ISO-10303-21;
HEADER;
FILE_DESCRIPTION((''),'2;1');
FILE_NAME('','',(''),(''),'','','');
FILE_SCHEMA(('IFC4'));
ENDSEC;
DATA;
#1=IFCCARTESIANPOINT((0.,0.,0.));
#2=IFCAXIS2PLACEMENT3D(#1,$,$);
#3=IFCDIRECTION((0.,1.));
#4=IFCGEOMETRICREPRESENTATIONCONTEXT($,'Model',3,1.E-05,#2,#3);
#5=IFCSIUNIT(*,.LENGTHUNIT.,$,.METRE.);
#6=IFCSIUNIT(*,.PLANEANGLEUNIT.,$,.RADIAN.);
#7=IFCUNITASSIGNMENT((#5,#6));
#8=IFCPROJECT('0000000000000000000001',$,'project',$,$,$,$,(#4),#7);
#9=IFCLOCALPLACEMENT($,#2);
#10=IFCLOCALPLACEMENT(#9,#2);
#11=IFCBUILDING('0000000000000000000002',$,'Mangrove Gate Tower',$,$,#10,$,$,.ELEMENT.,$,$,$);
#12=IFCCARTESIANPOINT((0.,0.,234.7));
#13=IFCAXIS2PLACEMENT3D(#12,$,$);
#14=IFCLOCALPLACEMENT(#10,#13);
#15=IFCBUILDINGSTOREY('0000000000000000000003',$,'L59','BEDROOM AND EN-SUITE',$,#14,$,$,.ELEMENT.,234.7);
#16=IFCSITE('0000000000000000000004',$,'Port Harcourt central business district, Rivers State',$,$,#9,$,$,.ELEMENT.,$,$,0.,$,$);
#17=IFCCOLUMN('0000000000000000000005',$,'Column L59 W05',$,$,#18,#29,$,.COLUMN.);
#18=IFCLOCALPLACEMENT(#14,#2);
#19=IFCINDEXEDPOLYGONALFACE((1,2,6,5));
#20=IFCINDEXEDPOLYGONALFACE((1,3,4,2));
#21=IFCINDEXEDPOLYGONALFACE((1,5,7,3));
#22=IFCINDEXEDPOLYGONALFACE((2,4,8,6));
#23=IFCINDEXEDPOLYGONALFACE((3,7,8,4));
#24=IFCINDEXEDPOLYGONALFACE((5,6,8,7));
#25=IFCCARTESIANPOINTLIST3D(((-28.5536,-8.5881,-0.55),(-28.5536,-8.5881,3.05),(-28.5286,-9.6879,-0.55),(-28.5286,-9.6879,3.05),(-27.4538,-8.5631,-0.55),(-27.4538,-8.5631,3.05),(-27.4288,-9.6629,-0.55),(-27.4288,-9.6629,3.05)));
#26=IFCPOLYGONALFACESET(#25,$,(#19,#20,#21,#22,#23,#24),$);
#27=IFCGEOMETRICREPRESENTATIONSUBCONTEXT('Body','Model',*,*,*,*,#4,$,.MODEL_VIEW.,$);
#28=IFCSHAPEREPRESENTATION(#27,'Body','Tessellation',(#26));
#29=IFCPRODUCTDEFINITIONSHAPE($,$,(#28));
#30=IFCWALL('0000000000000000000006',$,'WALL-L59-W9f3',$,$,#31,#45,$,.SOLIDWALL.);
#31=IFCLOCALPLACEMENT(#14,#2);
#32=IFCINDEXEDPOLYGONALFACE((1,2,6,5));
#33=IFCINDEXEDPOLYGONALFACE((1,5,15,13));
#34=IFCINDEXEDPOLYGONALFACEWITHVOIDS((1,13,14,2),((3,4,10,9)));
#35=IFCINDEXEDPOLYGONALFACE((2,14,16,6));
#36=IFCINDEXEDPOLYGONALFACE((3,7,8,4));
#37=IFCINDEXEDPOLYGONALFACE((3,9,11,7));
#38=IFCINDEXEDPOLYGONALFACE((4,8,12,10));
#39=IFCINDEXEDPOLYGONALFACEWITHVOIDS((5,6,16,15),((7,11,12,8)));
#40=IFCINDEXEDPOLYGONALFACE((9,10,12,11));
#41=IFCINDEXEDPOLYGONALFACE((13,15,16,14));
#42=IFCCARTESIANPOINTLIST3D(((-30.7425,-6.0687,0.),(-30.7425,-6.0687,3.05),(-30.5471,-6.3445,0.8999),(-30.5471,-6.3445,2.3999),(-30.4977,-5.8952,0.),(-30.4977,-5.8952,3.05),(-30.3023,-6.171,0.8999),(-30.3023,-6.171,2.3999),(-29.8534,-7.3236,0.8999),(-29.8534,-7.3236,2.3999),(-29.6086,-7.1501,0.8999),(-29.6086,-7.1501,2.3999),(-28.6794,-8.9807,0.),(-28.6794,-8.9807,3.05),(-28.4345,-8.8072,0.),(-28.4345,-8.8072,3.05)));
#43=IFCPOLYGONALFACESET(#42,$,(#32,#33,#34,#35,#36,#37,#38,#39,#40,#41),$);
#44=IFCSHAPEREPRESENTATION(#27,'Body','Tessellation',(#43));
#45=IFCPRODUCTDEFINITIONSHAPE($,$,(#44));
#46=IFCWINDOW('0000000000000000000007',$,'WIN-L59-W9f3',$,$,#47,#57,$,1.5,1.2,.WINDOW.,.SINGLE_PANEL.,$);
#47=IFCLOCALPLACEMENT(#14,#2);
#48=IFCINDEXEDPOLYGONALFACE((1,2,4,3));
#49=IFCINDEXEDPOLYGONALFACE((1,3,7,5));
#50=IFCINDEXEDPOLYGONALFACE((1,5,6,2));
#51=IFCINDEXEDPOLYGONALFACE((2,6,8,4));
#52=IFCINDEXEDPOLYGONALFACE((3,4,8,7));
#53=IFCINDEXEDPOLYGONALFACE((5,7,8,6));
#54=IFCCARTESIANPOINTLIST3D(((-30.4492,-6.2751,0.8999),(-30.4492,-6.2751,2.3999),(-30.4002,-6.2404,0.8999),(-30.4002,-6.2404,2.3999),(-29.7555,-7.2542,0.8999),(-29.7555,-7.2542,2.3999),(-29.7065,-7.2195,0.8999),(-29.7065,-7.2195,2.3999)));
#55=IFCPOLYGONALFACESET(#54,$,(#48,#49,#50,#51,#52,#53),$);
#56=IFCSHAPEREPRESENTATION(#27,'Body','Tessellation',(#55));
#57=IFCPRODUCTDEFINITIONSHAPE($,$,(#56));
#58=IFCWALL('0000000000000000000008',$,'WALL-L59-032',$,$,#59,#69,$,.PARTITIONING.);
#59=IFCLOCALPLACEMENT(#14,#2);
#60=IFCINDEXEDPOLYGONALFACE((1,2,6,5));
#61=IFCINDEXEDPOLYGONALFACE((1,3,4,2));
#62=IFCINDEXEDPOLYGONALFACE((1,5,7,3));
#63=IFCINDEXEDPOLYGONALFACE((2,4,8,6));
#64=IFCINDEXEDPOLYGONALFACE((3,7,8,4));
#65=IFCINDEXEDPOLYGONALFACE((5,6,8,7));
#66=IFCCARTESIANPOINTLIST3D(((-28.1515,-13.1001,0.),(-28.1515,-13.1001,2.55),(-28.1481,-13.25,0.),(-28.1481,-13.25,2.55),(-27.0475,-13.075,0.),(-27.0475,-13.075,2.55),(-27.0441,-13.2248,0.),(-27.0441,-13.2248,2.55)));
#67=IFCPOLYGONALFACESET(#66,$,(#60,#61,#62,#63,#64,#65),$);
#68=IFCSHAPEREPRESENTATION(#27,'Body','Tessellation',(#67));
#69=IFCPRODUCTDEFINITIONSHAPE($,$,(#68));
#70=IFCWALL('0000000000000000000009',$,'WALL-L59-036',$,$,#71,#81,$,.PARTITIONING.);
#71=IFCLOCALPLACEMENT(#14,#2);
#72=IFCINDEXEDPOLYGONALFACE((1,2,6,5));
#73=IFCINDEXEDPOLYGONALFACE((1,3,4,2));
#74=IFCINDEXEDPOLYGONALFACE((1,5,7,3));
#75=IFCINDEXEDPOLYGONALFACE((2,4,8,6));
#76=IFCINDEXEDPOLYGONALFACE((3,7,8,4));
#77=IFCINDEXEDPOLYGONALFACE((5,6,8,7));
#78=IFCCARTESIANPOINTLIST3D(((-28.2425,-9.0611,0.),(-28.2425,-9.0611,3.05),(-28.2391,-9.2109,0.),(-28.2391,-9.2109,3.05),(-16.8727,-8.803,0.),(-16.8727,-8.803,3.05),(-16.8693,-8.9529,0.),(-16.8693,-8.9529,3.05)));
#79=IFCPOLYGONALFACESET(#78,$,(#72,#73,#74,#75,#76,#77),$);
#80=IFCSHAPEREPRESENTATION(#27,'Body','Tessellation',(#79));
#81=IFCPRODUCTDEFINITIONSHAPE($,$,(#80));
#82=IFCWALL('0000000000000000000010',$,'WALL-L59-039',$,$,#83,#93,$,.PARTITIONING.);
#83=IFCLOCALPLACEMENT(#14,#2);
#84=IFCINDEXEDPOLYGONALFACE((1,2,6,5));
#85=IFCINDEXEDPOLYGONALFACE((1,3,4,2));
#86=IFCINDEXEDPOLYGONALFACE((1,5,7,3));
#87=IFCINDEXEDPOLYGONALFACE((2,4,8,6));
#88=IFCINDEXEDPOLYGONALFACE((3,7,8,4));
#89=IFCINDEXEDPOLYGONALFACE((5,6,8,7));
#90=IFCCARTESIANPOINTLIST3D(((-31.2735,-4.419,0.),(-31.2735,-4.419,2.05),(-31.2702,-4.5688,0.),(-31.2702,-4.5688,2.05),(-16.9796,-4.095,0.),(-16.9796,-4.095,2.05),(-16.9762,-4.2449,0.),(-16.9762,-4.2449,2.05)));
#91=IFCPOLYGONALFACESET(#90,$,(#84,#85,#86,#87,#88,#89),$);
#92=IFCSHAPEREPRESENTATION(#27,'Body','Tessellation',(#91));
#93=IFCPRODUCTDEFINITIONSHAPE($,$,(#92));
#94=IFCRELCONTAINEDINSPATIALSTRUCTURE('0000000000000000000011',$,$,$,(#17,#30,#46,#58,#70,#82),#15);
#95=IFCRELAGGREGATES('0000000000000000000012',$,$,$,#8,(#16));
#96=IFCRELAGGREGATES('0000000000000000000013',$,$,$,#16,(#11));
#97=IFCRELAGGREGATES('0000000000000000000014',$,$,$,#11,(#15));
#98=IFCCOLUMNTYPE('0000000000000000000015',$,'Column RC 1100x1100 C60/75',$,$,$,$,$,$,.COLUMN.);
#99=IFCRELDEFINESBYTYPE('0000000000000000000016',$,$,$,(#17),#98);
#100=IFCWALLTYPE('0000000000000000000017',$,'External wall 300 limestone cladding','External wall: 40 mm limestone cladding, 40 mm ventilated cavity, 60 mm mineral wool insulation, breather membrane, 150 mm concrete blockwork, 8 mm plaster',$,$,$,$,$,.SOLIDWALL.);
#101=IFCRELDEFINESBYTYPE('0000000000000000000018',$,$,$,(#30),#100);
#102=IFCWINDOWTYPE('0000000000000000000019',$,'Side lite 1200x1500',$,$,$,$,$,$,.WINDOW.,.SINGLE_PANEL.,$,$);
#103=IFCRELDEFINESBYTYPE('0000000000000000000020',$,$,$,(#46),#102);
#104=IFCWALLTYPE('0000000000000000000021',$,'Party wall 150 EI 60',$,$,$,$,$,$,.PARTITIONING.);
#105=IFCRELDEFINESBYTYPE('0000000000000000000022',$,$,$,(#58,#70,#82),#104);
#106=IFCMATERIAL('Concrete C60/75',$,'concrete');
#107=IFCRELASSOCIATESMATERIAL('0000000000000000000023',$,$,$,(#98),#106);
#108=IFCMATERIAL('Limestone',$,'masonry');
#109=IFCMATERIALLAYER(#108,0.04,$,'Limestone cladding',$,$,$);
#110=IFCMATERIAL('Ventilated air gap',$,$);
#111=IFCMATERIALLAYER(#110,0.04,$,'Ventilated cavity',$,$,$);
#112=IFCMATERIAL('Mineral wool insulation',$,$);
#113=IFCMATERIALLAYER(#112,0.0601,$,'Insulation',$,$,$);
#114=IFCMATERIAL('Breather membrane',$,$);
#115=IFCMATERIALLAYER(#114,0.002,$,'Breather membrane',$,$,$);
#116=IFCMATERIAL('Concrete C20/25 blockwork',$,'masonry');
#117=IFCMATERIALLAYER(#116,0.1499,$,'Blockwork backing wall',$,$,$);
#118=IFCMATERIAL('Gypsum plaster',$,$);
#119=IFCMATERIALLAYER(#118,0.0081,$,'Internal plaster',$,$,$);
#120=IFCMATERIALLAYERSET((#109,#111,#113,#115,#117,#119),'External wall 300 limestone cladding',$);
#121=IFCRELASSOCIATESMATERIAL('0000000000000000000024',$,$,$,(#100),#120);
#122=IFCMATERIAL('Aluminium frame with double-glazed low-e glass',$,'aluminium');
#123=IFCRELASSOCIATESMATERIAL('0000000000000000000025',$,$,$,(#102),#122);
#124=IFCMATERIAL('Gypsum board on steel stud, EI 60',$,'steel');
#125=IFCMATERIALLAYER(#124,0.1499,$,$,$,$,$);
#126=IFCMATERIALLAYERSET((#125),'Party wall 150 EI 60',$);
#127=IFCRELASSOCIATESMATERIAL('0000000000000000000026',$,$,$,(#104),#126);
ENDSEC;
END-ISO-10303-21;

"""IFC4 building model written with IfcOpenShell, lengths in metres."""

from ifc_helpers import new_model, si_unit, direction, frame, frame_2d, origin, origin_2d, place, context, subcontext, project, spatial, rectangle, extrude, material, layer, layer_set, material_profile, profile_set, type_object, element, fill, save


model = new_model("IFC4")

# Units and contexts
model_context = context("Model", 3, precision=1e-05, world=origin(), true_north=direction((0.0, 1.0)))
body_context = subcontext(model_context, "Body", "Model", "MODEL_VIEW")
ifc_project = project(units=[si_unit("LENGTHUNIT", "METRE"), si_unit("PLANEANGLEUNIT", "RADIAN")], contexts=[model_context])

# Site, building, storey
site_placement = place(None, origin())
site = spatial("IfcSite", under=ifc_project, at=site_placement, Name="Port Harcourt central business district, Rivers State", CompositionType="ELEMENT", RefElevation=0.0)
building_placement = place(site_placement, origin())
building = spatial("IfcBuilding", under=site, at=building_placement, Name="Mangrove Gate Tower", CompositionType="ELEMENT")
storey_placement = place(building_placement, frame((0.0, 0.0, 234.7)))
storey = spatial("IfcBuildingStorey", under=building, at=storey_placement, Name="L59", Description="BEDROOM AND EN-SUITE", CompositionType="ELEMENT", Elevation=234.7)

# Column
ifc_material_1 = material(Name="Concrete C60/75", Category="concrete")
ifc_material_profile = material_profile(ifc_material_1, rectangle(XDim=1.1001, YDim=1.1001, at=origin_2d()))
ifc_profile_set = profile_set([ifc_material_profile], Name="Concrete C60/75")
column_type = type_object("IfcColumnType", Name="Column RC 1100x1100 C60/75", PredefinedType="COLUMN", material=ifc_profile_set)
column_placement = place(storey_placement, frame((-27.9912, -9.1255, -0.55), z_axis=(0.0, 0.0, 1.0), x_axis=(0.022672, -0.999743, 0.0)))
element("IfcColumn", 1, at=column_placement, inside=storey, type_object=column_type, Name="Column L59 W05", PredefinedType="COLUMN", context=body_context, shape_type="SweptSolid", body=[
    extrude(rectangle(XDim=1.1001, YDim=1.1001, at=origin_2d()), origin(), (0.0, 0.0, 1.0), 3.6001),
])

# Wall, opening, window
ifc_material_2 = material(Name="Limestone", Category="masonry")
ifc_layer_1 = layer(ifc_material_2, 0.04, Name="Limestone cladding")
ifc_material_3 = material(Name="Ventilated air gap")
ifc_layer_2 = layer(ifc_material_3, 0.04, Name="Ventilated cavity")
ifc_material_4 = material(Name="Mineral wool insulation")
ifc_layer_3 = layer(ifc_material_4, 0.0601, Name="Insulation")
ifc_material_5 = material(Name="Breather membrane")
ifc_layer_4 = layer(ifc_material_5, 0.002, Name="Breather membrane")
ifc_material_6 = material(Name="Concrete C20/25 blockwork", Category="masonry")
ifc_layer_5 = layer(ifc_material_6, 0.1499, Name="Blockwork backing wall")
ifc_material_7 = material(Name="Gypsum plaster")
ifc_layer_6 = layer(ifc_material_7, 0.0081, Name="Internal plaster")
ifc_layer_set_1 = layer_set([ifc_layer_1, ifc_layer_2, ifc_layer_3, ifc_layer_4, ifc_layer_5, ifc_layer_6], Name="External wall 300 limestone cladding")
wall_type_1 = type_object("IfcWallType", Name="External wall 300 limestone cladding", Description="External wall: 40 mm limestone cladding, 40 mm ventilated cavity, 60 mm mineral wool insulation, breather membrane, 150 mm concrete blockwork, 8 mm plaster", PredefinedType="SOLIDWALL", material=ifc_layer_set_1)
wall_1_placement = place(storey_placement, frame((-30.6201, -5.9819, 0.0), z_axis=(0.0, 0.0, 1.0), x_axis=(0.578108, -0.81596, 0.0)))
wall_1 = element("IfcWall", 2, at=wall_1_placement, inside=storey, type_object=wall_type_1, Name="WALL-L59-W9f3", PredefinedType="SOLIDWALL", context=body_context, shape_type="SweptSolid", body=[
    extrude(rectangle(XDim=3.5688, YDim=0.3, at=frame_2d((1.7844, 0.0))), origin(), (0.0, 0.0, 1.0), 3.05),
])
opening_1_placement = place(wall_1_placement, frame((0.3379, 0.0, 0.8999)))
opening_1 = element("IfcOpeningElement", 3, at=opening_1_placement, cuts=wall_1, PredefinedType="OPENING", context=body_context, shape_type="SweptSolid", body=[
    extrude(rectangle(XDim=1.2, YDim=1.5, at=frame_2d((0.6001, 0.75))), frame((0.0, 0.1599, 0.0), z_axis=(0.0, -1.0, 0.0), x_axis=(1.0, 0.0, 0.0)), (0.0, 0.0, 1.0), 0.3201),
])
ifc_material_8 = material(Name="Aluminium frame with double-glazed low-e glass", Category="aluminium")
window_type_1 = type_object("IfcWindowType", Name="Side lite 1200x1500", PartitioningType="SINGLE_PANEL", PredefinedType="WINDOW", material=ifc_material_8)
window_1_placement = place(opening_1_placement, origin())
window_1 = element("IfcWindow", 4, at=window_1_placement, inside=storey, type_object=window_type_1, Name="WIN-L59-W9f3", OverallHeight=1.5, OverallWidth=1.2, PartitioningType="SINGLE_PANEL", PredefinedType="WINDOW", context=body_context, shape_type="SweptSolid", body=[
    extrude(rectangle(XDim=1.2, YDim=1.5, at=frame_2d((0.6001, 0.75))), frame((0.0, 0.03, 0.0), z_axis=(0.0, -1.0, 0.0), x_axis=(1.0, 0.0, 0.0)), (0.0, 0.0, 1.0), 0.0601),
])
fill(opening_1, window_1)

# Walls
ifc_material_9 = material(Name="Gypsum board on steel stud, EI 60", Category="steel")
ifc_layer_7 = layer(ifc_material_9, 0.1499)
ifc_layer_set_2 = layer_set([ifc_layer_7], Name="Party wall 150 EI 60")
wall_type_2 = type_object("IfcWallType", Name="Party wall 150 EI 60", PredefinedType="PARTITIONING", material=ifc_layer_set_2)
wall_2_placement = place(storey_placement, frame((-28.1499, -13.175, 0.0), z_axis=(0.0, 0.0, 1.0), x_axis=(0.999741, 0.022772, 0.0)))
element("IfcWall", 5, at=wall_2_placement, inside=storey, type_object=wall_type_2, Name="WALL-L59-032", PredefinedType="PARTITIONING", context=body_context, shape_type="SweptSolid", body=[
    extrude(rectangle(XDim=1.1042, YDim=0.1499, at=frame_2d((0.5522, 0.0))), origin(), (0.0, 0.0, 1.0), 2.55),
])
wall_3_placement = place(storey_placement, frame((-28.241, -9.136, 0.0), z_axis=(0.0, 0.0, 1.0), x_axis=(0.999743, 0.022691, 0.0)))
element("IfcWall", 6, at=wall_3_placement, inside=storey, type_object=wall_type_2, Name="WALL-L59-036", PredefinedType="PARTITIONING", context=body_context, shape_type="SweptSolid", body=[
    extrude(rectangle(XDim=11.3728, YDim=0.1499, at=frame_2d((5.6865, 0.0))), origin(), (0.0, 0.0, 1.0), 3.05),
])
wall_4_placement = place(storey_placement, frame((-31.272, -4.4939, 0.0), z_axis=(0.0, 0.0, 1.0), x_axis=(0.999743, 0.022659, 0.0)))
element("IfcWall", 7, at=wall_4_placement, inside=storey, type_object=wall_type_2, Name="WALL-L59-039", PredefinedType="PARTITIONING", context=body_context, shape_type="SweptSolid", body=[
    extrude(rectangle(XDim=14.2976, YDim=0.1499, at=frame_2d((7.1489, 0.0))), origin(), (0.0, 0.0, 1.0), 2.05),
])

save(model, "model.ifc")
